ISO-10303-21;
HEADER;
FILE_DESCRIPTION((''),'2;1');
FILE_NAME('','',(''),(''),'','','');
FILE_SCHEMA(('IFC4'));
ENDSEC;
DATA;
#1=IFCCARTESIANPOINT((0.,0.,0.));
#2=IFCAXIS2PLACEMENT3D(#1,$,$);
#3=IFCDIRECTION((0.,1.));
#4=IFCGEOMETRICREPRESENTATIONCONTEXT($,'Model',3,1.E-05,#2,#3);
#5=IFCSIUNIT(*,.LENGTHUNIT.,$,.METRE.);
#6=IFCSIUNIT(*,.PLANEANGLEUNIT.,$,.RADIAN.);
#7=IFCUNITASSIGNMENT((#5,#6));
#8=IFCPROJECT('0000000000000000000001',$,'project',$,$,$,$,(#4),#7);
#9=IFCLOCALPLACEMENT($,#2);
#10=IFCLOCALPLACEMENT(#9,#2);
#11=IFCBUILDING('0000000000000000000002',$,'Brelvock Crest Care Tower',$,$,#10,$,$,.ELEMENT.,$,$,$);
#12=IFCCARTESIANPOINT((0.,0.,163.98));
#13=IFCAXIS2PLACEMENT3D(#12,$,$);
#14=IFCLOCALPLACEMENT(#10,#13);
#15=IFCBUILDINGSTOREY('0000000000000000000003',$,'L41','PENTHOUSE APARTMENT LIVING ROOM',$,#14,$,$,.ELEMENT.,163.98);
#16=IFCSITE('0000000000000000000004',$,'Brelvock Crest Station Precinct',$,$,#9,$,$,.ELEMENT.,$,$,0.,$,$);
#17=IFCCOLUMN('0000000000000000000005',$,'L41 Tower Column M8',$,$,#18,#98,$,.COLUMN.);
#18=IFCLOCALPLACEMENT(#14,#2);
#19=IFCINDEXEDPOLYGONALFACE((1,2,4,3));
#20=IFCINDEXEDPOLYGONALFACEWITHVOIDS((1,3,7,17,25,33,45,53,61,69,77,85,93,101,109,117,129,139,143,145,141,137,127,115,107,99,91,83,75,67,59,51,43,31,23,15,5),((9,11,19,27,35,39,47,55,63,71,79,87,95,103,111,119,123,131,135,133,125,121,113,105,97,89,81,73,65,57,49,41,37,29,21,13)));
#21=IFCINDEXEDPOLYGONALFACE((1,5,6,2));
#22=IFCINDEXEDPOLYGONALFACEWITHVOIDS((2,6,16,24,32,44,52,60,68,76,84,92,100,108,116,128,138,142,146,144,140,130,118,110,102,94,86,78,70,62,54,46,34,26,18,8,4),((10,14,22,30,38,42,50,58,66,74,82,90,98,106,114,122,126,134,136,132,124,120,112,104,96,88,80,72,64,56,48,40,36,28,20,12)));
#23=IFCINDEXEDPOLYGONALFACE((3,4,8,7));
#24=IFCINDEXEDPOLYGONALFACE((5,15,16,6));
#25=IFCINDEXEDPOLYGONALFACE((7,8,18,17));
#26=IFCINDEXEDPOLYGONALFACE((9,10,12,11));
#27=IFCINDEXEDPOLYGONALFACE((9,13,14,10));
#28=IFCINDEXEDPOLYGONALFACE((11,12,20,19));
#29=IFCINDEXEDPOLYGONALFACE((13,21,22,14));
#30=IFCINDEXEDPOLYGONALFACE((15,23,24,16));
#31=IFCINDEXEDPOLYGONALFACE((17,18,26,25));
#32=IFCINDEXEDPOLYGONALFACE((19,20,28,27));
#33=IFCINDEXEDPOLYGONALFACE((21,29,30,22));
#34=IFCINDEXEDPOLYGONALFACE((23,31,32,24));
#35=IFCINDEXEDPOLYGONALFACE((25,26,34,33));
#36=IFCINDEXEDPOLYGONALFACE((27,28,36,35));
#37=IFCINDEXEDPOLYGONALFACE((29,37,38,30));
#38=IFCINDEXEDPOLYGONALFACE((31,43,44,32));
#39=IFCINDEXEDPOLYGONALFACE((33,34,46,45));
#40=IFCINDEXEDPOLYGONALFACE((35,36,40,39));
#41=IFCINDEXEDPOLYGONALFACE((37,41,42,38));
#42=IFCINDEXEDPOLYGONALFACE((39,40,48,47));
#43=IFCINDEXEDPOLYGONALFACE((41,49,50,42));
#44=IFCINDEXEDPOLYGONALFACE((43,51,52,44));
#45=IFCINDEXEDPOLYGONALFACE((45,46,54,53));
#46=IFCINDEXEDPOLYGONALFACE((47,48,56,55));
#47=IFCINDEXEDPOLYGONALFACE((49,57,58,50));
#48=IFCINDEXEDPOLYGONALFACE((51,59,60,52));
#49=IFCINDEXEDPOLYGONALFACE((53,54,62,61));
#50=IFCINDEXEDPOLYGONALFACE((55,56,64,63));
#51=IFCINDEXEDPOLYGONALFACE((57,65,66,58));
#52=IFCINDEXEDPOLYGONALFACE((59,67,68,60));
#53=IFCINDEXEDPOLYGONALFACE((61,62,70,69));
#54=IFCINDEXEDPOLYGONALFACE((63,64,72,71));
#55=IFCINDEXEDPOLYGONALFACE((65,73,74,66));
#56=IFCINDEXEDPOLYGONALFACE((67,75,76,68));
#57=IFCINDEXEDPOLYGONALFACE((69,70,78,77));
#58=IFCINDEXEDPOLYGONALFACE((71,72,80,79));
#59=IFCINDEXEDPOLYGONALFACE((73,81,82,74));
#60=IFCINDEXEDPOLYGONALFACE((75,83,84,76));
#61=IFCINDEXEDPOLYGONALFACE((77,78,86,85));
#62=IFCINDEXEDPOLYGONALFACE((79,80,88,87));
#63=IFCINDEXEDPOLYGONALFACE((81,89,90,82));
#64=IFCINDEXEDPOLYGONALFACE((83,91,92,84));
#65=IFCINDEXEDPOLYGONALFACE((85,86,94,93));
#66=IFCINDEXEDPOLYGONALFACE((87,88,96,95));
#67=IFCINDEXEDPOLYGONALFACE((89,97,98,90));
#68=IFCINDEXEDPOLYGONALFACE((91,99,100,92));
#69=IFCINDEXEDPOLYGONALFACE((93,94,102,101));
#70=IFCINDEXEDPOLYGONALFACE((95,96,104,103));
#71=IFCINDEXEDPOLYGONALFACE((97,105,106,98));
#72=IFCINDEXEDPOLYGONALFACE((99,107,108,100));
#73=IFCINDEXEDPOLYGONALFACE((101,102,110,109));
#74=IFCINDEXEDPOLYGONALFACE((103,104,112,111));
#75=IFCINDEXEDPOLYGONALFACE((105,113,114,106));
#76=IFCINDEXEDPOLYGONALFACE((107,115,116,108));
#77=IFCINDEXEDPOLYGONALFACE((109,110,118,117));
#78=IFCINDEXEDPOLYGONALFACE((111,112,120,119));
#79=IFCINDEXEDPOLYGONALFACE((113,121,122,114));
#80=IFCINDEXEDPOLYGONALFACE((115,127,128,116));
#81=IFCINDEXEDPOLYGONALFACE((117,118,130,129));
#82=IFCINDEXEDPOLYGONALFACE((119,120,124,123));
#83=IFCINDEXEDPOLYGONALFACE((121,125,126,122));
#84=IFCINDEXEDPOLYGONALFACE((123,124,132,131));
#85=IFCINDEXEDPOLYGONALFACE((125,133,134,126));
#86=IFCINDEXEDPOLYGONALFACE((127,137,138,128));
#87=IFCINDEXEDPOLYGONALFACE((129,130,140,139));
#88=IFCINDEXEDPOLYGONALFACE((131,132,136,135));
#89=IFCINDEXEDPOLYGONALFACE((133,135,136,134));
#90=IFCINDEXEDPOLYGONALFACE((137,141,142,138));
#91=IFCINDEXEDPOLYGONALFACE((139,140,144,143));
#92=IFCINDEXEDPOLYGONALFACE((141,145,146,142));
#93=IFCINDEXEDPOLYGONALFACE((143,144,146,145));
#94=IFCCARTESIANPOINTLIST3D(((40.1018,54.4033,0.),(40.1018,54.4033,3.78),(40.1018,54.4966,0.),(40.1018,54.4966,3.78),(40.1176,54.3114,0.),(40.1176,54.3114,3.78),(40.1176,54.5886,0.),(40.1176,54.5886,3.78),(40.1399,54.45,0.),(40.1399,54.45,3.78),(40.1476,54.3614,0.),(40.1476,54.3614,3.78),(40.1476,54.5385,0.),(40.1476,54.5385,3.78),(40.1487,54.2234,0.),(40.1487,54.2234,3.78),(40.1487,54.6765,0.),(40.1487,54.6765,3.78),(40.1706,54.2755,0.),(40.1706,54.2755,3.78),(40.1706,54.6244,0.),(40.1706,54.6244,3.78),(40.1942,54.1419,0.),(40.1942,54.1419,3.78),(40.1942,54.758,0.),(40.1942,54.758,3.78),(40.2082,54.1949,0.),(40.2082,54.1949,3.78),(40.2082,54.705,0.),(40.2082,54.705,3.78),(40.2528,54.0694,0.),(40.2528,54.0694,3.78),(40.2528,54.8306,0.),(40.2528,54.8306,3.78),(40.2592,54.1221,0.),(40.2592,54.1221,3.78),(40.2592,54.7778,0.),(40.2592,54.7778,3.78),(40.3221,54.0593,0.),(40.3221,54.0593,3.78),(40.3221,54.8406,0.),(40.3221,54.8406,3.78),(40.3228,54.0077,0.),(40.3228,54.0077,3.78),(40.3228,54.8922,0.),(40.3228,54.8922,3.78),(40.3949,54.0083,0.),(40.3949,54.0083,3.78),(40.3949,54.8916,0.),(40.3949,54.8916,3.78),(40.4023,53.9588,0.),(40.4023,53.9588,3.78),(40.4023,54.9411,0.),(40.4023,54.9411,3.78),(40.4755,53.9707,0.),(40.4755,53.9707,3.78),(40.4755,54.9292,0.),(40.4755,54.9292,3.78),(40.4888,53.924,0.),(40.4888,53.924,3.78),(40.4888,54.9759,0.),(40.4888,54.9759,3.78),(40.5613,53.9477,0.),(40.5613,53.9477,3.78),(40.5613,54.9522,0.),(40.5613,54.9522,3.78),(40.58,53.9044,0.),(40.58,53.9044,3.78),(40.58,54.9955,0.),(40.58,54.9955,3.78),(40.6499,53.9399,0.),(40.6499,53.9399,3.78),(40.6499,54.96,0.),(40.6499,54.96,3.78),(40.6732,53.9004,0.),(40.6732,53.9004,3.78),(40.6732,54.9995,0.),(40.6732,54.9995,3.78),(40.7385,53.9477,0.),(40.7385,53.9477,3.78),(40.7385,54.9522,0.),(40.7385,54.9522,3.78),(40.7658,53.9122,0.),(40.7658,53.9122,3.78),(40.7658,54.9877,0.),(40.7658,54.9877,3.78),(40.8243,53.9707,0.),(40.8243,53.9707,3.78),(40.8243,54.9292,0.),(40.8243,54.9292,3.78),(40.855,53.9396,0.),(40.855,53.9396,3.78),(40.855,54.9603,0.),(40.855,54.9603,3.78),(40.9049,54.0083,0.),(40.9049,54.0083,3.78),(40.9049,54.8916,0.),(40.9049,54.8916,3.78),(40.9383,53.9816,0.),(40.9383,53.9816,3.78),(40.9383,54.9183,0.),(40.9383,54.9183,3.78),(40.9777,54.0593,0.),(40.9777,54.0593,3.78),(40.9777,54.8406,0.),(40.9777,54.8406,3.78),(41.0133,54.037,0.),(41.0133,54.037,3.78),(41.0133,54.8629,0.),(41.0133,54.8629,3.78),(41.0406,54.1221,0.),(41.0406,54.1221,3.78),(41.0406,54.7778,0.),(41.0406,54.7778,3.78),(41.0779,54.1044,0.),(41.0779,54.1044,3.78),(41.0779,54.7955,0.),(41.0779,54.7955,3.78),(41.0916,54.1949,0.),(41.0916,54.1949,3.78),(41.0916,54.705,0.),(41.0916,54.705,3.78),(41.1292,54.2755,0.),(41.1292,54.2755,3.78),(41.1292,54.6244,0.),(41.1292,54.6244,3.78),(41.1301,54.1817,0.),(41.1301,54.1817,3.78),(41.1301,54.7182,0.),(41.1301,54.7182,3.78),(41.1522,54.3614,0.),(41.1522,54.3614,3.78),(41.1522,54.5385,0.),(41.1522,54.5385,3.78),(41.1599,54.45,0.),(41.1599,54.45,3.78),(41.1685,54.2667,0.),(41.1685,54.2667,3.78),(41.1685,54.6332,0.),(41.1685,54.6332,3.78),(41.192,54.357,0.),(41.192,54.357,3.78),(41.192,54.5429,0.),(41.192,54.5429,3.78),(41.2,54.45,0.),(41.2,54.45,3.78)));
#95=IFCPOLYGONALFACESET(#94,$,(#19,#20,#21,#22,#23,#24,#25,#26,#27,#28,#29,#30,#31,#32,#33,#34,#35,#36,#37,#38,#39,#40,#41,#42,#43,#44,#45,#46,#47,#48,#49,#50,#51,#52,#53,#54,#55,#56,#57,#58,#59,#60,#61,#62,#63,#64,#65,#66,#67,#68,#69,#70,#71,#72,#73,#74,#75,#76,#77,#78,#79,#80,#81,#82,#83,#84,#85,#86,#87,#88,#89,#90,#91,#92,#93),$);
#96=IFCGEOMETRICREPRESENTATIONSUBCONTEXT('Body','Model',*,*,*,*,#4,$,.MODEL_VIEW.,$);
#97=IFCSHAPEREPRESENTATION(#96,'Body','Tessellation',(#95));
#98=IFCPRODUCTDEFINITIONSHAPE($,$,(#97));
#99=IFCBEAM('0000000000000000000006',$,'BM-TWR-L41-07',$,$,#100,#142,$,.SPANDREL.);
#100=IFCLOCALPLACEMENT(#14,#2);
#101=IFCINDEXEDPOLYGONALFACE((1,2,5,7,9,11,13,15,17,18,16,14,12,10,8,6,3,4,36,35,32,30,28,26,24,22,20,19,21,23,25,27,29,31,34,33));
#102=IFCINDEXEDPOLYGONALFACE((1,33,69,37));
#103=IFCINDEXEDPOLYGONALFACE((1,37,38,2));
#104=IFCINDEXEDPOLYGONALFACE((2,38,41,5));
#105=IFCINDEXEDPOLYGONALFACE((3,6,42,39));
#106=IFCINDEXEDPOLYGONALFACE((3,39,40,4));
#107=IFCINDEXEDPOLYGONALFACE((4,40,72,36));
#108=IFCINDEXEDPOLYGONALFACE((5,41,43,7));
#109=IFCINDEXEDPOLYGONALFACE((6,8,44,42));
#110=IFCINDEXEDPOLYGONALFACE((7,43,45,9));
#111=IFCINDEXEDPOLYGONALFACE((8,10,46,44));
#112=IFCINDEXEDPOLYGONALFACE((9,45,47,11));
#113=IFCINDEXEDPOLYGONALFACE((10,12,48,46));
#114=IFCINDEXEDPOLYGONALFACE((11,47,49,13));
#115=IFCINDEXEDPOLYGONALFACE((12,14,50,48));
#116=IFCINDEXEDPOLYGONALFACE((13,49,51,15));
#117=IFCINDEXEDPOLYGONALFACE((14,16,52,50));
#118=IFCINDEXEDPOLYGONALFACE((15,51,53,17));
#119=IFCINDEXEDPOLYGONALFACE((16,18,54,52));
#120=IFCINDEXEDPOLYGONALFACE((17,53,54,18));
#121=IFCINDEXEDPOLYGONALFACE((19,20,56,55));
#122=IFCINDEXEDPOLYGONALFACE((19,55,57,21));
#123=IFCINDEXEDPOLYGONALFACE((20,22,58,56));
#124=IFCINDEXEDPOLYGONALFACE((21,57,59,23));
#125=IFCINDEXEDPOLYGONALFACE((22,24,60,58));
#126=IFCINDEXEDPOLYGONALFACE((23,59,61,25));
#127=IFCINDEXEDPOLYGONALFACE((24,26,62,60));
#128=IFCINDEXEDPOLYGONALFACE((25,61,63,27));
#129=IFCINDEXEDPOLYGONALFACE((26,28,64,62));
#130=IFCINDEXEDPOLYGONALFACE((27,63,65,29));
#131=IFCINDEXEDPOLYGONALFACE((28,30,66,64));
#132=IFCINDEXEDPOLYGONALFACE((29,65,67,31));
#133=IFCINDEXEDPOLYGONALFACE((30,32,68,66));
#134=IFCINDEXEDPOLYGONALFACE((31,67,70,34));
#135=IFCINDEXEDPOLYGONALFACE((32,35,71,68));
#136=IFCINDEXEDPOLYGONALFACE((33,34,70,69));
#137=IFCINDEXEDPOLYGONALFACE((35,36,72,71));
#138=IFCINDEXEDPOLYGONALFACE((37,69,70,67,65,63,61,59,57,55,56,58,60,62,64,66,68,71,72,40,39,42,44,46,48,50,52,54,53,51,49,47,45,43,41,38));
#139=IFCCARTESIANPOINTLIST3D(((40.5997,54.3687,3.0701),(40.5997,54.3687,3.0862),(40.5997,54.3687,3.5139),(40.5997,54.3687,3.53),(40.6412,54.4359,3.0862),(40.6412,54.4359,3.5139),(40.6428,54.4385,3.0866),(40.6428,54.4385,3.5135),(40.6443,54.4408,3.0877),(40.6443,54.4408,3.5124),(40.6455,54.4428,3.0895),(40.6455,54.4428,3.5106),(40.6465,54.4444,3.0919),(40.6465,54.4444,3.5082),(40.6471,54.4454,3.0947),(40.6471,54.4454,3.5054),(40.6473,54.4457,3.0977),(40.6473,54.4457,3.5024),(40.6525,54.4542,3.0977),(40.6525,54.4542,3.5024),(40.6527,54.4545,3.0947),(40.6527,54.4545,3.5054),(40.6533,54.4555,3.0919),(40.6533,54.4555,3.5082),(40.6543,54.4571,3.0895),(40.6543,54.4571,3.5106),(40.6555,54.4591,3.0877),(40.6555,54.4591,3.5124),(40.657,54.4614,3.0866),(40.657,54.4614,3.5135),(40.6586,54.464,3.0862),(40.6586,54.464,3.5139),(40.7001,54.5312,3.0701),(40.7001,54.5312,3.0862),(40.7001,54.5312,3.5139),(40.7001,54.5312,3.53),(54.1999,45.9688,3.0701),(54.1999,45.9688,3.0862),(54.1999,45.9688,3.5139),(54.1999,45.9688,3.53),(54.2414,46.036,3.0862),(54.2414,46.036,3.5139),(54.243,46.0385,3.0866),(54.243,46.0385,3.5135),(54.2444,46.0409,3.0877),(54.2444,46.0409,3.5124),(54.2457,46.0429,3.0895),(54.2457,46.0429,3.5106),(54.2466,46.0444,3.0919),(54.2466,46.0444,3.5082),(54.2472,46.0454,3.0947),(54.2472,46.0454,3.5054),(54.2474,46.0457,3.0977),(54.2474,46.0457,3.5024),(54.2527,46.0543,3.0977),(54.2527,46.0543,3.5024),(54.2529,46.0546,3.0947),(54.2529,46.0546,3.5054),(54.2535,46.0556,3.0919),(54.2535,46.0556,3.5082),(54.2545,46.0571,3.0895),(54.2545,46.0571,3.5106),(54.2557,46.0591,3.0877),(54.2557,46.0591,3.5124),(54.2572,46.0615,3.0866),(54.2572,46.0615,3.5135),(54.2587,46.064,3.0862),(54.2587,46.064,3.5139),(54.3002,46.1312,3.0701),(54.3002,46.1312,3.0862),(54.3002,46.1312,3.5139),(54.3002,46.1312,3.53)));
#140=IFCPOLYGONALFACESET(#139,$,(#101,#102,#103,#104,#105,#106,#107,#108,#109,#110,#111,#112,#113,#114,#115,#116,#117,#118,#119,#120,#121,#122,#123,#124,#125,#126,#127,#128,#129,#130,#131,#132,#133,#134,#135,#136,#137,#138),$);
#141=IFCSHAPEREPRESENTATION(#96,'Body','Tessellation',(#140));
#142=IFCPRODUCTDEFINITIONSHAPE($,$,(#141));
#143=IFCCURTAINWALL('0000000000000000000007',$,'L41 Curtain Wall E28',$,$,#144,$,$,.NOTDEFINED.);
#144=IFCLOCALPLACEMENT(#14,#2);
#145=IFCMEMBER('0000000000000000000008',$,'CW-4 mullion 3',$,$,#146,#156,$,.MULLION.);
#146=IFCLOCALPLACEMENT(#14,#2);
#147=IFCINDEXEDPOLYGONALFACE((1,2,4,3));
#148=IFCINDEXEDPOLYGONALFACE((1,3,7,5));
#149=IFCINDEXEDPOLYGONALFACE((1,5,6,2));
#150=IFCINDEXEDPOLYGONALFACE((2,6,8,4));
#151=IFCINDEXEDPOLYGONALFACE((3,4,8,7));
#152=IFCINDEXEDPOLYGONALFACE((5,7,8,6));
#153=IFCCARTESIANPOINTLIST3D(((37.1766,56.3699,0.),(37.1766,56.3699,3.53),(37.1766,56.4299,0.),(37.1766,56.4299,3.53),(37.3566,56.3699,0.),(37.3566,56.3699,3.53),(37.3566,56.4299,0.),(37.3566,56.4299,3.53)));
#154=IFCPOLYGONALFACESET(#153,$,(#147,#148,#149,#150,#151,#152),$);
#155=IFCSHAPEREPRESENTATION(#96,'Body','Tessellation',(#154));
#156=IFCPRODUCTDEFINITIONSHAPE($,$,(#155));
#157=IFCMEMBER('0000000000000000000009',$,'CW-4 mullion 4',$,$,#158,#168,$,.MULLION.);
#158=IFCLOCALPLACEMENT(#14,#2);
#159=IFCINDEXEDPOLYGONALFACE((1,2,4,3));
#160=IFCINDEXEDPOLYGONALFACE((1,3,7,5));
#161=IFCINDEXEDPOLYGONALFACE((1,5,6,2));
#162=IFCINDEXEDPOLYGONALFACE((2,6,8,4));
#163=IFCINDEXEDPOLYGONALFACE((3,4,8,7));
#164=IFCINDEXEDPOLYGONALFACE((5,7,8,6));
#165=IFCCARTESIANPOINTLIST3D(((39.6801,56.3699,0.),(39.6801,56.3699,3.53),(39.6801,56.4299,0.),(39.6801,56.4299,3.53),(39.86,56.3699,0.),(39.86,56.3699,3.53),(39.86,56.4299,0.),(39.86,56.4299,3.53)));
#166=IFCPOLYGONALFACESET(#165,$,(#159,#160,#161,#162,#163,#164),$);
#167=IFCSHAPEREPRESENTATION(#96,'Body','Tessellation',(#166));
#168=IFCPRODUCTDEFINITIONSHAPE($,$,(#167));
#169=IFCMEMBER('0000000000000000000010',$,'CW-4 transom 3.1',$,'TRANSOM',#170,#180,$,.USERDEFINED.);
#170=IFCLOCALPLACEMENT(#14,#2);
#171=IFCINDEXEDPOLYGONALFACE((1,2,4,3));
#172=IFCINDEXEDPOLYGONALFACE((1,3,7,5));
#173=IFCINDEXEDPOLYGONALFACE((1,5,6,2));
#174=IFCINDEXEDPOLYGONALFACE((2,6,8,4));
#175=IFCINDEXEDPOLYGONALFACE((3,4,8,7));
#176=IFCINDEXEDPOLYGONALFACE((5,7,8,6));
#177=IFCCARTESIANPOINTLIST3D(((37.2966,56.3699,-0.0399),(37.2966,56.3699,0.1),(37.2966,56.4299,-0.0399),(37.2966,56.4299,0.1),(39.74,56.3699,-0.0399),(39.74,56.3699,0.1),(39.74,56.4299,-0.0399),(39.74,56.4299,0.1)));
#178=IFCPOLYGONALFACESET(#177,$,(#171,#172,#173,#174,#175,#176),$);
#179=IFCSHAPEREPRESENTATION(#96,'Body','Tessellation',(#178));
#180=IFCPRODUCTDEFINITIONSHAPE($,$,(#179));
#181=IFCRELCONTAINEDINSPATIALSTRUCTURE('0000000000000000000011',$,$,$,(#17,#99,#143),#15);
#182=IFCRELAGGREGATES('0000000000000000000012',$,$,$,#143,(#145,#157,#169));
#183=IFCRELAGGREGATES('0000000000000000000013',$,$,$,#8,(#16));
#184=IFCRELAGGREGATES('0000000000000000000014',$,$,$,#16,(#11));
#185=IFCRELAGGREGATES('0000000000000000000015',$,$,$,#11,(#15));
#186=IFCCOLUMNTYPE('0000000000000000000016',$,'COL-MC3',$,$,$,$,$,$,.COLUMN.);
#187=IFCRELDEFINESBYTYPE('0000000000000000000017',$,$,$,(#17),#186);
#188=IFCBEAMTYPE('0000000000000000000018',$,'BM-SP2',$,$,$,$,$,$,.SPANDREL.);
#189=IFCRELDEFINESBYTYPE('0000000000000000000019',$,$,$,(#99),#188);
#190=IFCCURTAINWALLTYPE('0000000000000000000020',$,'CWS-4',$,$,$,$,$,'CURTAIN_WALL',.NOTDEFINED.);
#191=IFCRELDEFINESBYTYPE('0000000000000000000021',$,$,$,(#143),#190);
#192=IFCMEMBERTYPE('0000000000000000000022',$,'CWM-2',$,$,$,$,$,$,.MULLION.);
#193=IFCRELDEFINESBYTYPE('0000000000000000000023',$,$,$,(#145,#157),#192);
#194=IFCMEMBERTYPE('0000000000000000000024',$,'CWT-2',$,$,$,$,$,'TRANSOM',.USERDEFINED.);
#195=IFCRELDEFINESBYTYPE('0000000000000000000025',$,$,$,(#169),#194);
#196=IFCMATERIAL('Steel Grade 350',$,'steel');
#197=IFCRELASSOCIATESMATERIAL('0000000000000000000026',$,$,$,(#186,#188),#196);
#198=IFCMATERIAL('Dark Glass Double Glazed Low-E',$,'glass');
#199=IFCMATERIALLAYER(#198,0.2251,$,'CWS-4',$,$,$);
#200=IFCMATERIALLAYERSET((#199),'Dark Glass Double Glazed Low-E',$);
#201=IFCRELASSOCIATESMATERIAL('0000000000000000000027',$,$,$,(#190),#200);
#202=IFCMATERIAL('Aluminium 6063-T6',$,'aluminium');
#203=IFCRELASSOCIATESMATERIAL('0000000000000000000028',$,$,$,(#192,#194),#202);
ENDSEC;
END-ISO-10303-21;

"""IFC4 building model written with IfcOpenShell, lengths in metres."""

from ifc_helpers import new_model, si_unit, direction, frame, origin, origin_2d, place, context, subcontext, project, spatial, rectangle, hollow_circle, i_section, extrude, source, transform, mapped, material, layer, layer_set, material_profile, profile_set, type_object, element, aggregate, save


model = new_model("IFC4")

# Units and contexts
model_context = context("Model", 3, precision=1e-05, world=origin(), true_north=direction((0.0, 1.0)))
body_context = subcontext(model_context, "Body", "Model", "MODEL_VIEW")
ifc_project = project(units=[si_unit("LENGTHUNIT", "METRE"), si_unit("PLANEANGLEUNIT", "RADIAN")], contexts=[model_context])

# Site, building, storey
site_placement = place(None, origin())
site = spatial("IfcSite", under=ifc_project, at=site_placement, Name="Brelvock Crest Station Precinct", CompositionType="ELEMENT", RefElevation=0.0)
building_placement = place(site_placement, origin())
building = spatial("IfcBuilding", under=site, at=building_placement, Name="Brelvock Crest Care Tower", CompositionType="ELEMENT")
storey_placement = place(building_placement, frame((0.0, 0.0, 163.98)))
storey = spatial("IfcBuildingStorey", under=building, at=storey_placement, Name="L41", Description="PENTHOUSE APARTMENT LIVING ROOM", CompositionType="ELEMENT", Elevation=163.98)

# Column
ifc_material_1 = material(Name="Steel Grade 350", Category="steel")
ifc_material_profile_1 = material_profile(ifc_material_1, hollow_circle(Radius=0.55, WallThickness=0.04, at=origin_2d()), Name="CFT1100x40")
ifc_profile_set_1 = profile_set([ifc_material_profile_1], Name="Steel Grade 350")
column_type = type_object("IfcColumnType", Name="COL-MC3", PredefinedType="COLUMN", material=ifc_profile_set_1)
shared_shape_1 = source(origin(), body_context, "Body", "SweptSolid", [
    extrude(hollow_circle(Radius=0.55, WallThickness=0.04, at=origin_2d()), origin(), (0.0, 0.0, 1.0), 3.78),
])
column_placement = place(storey_placement, frame((40.6499, 54.45, 0.0), z_axis=(0.0, 0.0, 1.0), x_axis=(1.0, 0.0, 0.0)))
element("IfcColumn", 1, at=column_placement, inside=storey, type_object=column_type, Name="L41 Tower Column M8", PredefinedType="COLUMN", context=body_context, shape_type="MappedRepresentation", body=[
    mapped(shared_shape_1, transform((0.0, 0.0, 0.0), x_axis=(1.0, 0.0, 0.0), y_axis=(0.0, 1.0, 0.0), z_axis=(0.0, 0.0, 1.0), scale=1.0)),
])

# Beam
ifc_material_profile_2 = material_profile(ifc_material_1, i_section(OverallWidth=0.1909, OverallDepth=0.46, WebThickness=0.01, FlangeThickness=0.0161, FilletRadius=0.0115, at=origin_2d()), Name="460UB82.1")
ifc_profile_set_2 = profile_set([ifc_material_profile_2], Name="Steel Grade 350")
beam_type = type_object("IfcBeamType", Name="BM-SP2", PredefinedType="SPANDREL", material=ifc_profile_set_2)
shared_shape_2 = source(origin(), body_context, "Body", "SweptSolid", [
    extrude(i_section(OverallWidth=0.1909, OverallDepth=0.46, WebThickness=0.01, FlangeThickness=0.0161, FilletRadius=0.0115, at=origin_2d()), origin(), (0.0, 0.0, 1.0), 15.9851),
])
beam_placement = place(storey_placement, frame((40.6499, 54.45, 3.3), z_axis=(0.850802, -0.525486, 0.0), x_axis=(0.525486, 0.850802, 0.0)))
element("IfcBeam", 2, at=beam_placement, inside=storey, type_object=beam_type, Name="BM-TWR-L41-07", PredefinedType="SPANDREL", context=body_context, shape_type="MappedRepresentation", body=[
    mapped(shared_shape_2, transform((0.0, 0.0, 0.0), x_axis=(1.0, 0.0, 0.0), y_axis=(0.0, 1.0, 0.0), z_axis=(0.0, 0.0, 1.0), scale=1.0)),
])

# Curtain wall, members
ifc_material_2 = material(Name="Dark Glass Double Glazed Low-E", Category="glass")
ifc_layer_1 = layer(ifc_material_2, 0.2251, Name="CWS-4")
ifc_layer_set_1 = layer_set([ifc_layer_1], Name="Dark Glass Double Glazed Low-E")
curtain_wall_type = type_object("IfcCurtainWallType", Name="CWS-4", ElementType="CURTAIN_WALL", PredefinedType="NOTDEFINED", material=ifc_layer_set_1)
curtain_wall_placement = place(storey_placement, origin())
curtain_wall = element("IfcCurtainWall", 3, at=curtain_wall_placement, inside=storey, type_object=curtain_wall_type, Name="L41 Curtain Wall E28", PredefinedType="NOTDEFINED")
ifc_material_3 = material(Name="Aluminium 6063-T6", Category="aluminium")
ifc_material_profile_3 = material_profile(ifc_material_3, rectangle(XDim=0.0601, YDim=0.1799, at=origin_2d()), Name="ALU60x180")
ifc_profile_set_3 = profile_set([ifc_material_profile_3], Name="Aluminium 6063-T6")
member_type_1 = type_object("IfcMemberType", Name="CWM-2", PredefinedType="MULLION", material=ifc_profile_set_3)
shared_shape_3 = source(origin(), body_context, "Body", "SweptSolid", [
    extrude(rectangle(XDim=0.0601, YDim=0.1799, at=origin_2d()), origin(), (0.0, 0.0, 1.0), 3.53),
])
member_1_placement = place(storey_placement, frame((37.2666, 56.3999, 0.0), z_axis=(0.0, 0.0, 1.0), x_axis=(0.0, 1.0, 0.0)))
member_1 = element("IfcMember", 4, at=member_1_placement, type_object=member_type_1, Name="CW-4 mullion 3", PredefinedType="MULLION", context=body_context, shape_type="MappedRepresentation", body=[
    mapped(shared_shape_3, transform((0.0, 0.0, 0.0), x_axis=(1.0, 0.0, 0.0), y_axis=(0.0, 1.0, 0.0), z_axis=(0.0, 0.0, 1.0), scale=1.0)),
])
member_2_placement = place(storey_placement, frame((39.77, 56.3999, 0.0), z_axis=(0.0, 0.0, 1.0), x_axis=(0.0, 1.0, 0.0)))
member_2 = element("IfcMember", 5, at=member_2_placement, type_object=member_type_1, Name="CW-4 mullion 4", PredefinedType="MULLION", context=body_context, shape_type="MappedRepresentation", body=[
    mapped(shared_shape_3, transform((0.0, 0.0, 0.0), x_axis=(1.0, 0.0, 0.0), y_axis=(0.0, 1.0, 0.0), z_axis=(0.0, 0.0, 1.0), scale=1.0)),
])
ifc_material_profile_4 = material_profile(ifc_material_3, rectangle(XDim=0.0601, YDim=0.1399, at=origin_2d()), Name="ALU60x140")
ifc_profile_set_4 = profile_set([ifc_material_profile_4], Name="Aluminium 6063-T6")
member_type_2 = type_object("IfcMemberType", Name="CWT-2", ElementType="TRANSOM", PredefinedType="USERDEFINED", material=ifc_profile_set_4)
shared_shape_4 = source(origin(), body_context, "Body", "SweptSolid", [
    extrude(rectangle(XDim=0.0601, YDim=0.1399, at=origin_2d()), origin(), (0.0, 0.0, 1.0), 2.4434),
])
member_3_placement = place(storey_placement, frame((37.2966, 56.3999, 0.03), z_axis=(1.0, 0.0, 0.0), x_axis=(0.0, 1.0, 0.0)))
member_3 = element("IfcMember", 6, at=member_3_placement, type_object=member_type_2, Name="CW-4 transom 3.1", ObjectType="TRANSOM", PredefinedType="USERDEFINED", context=body_context, shape_type="MappedRepresentation", body=[
    mapped(shared_shape_4, transform((0.0, 0.0, 0.0), x_axis=(1.0, 0.0, 0.0), y_axis=(0.0, 1.0, 0.0), z_axis=(0.0, 0.0, 1.0), scale=1.0)),
])
aggregate(curtain_wall, [member_1, member_2, member_3])

save(model, "model.ifc")
